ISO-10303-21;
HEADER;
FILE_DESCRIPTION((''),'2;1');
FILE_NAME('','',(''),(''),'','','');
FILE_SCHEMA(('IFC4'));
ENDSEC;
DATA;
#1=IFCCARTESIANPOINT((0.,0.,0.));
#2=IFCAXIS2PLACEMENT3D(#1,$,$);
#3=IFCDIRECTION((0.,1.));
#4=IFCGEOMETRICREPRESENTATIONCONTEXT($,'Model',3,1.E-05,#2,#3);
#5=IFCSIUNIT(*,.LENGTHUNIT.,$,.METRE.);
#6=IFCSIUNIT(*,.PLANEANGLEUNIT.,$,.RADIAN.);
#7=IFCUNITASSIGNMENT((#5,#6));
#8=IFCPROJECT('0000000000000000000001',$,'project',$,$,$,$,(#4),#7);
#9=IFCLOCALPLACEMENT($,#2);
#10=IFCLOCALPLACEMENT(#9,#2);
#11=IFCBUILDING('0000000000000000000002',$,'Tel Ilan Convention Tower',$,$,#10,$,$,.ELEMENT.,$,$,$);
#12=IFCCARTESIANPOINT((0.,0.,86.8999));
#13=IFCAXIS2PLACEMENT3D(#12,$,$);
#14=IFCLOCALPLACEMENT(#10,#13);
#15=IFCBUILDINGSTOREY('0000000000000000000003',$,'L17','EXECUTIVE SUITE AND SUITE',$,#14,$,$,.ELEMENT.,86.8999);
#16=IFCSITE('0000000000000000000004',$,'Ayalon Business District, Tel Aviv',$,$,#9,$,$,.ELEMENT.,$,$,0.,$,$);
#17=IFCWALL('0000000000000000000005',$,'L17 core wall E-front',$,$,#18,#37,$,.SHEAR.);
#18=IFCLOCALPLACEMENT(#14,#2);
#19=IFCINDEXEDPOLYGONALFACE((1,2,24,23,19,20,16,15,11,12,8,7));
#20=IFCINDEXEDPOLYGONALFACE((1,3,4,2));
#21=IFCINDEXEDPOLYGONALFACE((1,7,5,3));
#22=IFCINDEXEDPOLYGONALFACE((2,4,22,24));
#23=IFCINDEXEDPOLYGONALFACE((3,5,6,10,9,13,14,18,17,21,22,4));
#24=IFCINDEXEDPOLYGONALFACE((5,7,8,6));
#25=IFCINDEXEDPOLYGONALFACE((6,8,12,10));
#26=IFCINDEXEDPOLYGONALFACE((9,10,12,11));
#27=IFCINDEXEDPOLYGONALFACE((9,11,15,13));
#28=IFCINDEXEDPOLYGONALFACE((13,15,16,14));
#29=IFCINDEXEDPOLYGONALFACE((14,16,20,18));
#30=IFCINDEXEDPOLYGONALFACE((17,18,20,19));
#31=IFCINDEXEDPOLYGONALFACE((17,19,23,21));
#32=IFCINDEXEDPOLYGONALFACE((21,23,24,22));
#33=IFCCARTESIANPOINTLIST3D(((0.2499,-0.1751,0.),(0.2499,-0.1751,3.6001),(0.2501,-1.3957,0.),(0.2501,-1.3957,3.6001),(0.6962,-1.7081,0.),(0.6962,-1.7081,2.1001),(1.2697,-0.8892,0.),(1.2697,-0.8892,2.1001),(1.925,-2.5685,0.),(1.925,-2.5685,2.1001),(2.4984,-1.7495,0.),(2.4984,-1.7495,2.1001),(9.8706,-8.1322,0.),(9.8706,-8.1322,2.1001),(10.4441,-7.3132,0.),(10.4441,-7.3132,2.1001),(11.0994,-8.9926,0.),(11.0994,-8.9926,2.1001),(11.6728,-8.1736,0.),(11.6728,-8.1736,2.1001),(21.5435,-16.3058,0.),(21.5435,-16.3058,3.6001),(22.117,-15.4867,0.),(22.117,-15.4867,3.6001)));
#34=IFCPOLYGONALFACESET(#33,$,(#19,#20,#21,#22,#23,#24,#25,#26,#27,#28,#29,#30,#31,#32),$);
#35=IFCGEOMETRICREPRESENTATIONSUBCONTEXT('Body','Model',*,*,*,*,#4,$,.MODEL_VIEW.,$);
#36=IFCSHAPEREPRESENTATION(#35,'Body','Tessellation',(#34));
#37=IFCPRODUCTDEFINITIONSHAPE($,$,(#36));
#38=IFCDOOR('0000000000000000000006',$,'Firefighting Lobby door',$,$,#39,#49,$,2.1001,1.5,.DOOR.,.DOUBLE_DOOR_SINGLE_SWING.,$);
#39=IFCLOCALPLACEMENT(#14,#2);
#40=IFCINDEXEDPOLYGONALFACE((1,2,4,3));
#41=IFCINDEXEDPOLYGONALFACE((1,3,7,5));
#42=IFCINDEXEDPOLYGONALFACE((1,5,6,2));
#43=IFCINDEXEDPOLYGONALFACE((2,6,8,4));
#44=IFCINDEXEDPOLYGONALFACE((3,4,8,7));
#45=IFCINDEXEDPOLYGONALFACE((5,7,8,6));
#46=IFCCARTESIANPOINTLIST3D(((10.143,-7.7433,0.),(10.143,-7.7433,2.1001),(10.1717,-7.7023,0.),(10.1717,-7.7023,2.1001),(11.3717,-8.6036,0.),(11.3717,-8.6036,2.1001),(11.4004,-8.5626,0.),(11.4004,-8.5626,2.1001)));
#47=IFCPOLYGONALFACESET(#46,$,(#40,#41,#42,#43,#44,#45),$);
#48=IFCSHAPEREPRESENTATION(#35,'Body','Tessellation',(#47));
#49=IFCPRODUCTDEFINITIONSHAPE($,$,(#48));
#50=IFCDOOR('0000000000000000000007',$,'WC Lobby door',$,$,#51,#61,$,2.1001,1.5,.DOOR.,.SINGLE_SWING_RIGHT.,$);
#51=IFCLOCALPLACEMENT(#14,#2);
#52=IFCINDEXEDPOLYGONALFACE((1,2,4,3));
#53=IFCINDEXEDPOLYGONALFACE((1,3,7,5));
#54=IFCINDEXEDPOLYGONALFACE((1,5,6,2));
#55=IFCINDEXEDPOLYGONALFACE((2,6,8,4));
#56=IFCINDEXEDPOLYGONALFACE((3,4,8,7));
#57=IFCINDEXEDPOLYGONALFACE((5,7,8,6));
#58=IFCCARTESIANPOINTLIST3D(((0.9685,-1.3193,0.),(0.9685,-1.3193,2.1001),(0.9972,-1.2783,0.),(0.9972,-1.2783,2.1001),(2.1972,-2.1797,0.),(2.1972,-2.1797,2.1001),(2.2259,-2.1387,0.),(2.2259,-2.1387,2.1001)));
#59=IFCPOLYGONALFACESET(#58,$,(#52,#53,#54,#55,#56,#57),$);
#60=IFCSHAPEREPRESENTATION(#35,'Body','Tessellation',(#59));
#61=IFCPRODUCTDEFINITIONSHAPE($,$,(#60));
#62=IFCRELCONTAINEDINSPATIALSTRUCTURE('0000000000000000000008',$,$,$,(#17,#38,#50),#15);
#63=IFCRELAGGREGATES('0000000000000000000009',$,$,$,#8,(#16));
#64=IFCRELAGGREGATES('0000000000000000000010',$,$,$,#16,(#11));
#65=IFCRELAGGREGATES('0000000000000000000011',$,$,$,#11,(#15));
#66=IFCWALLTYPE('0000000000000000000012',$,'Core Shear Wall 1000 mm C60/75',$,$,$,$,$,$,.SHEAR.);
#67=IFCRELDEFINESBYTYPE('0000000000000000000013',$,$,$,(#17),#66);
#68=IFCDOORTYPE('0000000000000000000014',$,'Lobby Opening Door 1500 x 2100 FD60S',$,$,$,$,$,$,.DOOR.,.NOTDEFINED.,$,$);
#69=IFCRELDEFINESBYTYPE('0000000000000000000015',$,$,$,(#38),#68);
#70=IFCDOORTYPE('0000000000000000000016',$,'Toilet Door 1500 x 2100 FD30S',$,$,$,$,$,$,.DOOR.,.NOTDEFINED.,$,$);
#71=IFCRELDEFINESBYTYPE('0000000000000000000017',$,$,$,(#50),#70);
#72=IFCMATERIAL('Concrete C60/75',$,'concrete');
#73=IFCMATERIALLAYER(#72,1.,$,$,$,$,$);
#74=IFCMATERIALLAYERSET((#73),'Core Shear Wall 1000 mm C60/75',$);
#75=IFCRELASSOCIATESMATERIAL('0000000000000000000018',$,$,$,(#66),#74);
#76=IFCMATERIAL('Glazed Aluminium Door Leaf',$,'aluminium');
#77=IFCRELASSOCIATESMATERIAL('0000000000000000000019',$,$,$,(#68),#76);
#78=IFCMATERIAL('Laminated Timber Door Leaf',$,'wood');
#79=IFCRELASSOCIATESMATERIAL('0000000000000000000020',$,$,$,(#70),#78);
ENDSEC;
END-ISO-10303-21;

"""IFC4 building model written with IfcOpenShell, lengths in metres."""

from ifc_helpers import new_model, si_unit, direction, frame, frame_2d, origin, place, context, subcontext, project, spatial, polyline, rectangle, outline, extrude, material, layer, layer_set, type_object, element, fill, save


model = new_model("IFC4")

# Units and contexts
model_context = context("Model", 3, precision=1e-05, world=origin(), true_north=direction((0.0, 1.0)))
body_context = subcontext(model_context, "Body", "Model", "MODEL_VIEW")
ifc_project = project(units=[si_unit("LENGTHUNIT", "METRE"), si_unit("PLANEANGLEUNIT", "RADIAN")], contexts=[model_context])

# Site, building, storey
site_placement = place(None, origin())
site = spatial("IfcSite", under=ifc_project, at=site_placement, Name="Ayalon Business District, Tel Aviv", CompositionType="ELEMENT", RefElevation=0.0)
building_placement = place(site_placement, origin())
building = spatial("IfcBuilding", under=site, at=building_placement, Name="Tel Ilan Convention Tower", CompositionType="ELEMENT")
storey_placement = place(building_placement, frame((0.0, 0.0, 86.8999)))
storey = spatial("IfcBuildingStorey", under=building, at=storey_placement, Name="L17", Description="EXECUTIVE SUITE AND SUITE", CompositionType="ELEMENT", Elevation=86.8999)

# Shared definitions
ifc_material_1 = material(Name="Concrete C60/75", Category="concrete")
ifc_layer_1 = layer(ifc_material_1, 1.0)
ifc_layer_set_1 = layer_set([ifc_layer_1], Name="Core Shear Wall 1000 mm C60/75")
wall_type_1 = type_object("IfcWallType", Name="Core Shear Wall 1000 mm C60/75", PredefinedType="SHEAR", material=ifc_layer_set_1)

# Wall, openings, doors
wall_1_placement = place(storey_placement, frame((-0.0369, -0.5847, 0.0), z_axis=(0.0, 0.0, 1.0), x_axis=(0.819157, -0.573569, 0.0)))
wall_1 = element("IfcWall", 1, at=wall_1_placement, inside=storey, type_object=wall_type_1, Name="L17 core wall E-front", PredefinedType="SHEAR", context=body_context, shape_type="SweptSolid", body=[
    extrude(outline(polyline([(26.6948, 0.4998), (0.0, 0.5), (0.7002, -0.4998), (26.6948, -0.5002), (26.6948, 0.4998)])), origin(), (0.0, 0.0, 1.0), 3.6001),
])
opening_1_placement = place(wall_1_placement, frame((1.2449, 0.0, 0.0)))
opening_1 = element("IfcOpeningElement", 2, at=opening_1_placement, cuts=wall_1, PredefinedType="OPENING", context=body_context, shape_type="SweptSolid", body=[
    extrude(rectangle(XDim=1.5, YDim=2.1001, at=frame_2d((0.75, 1.05))), frame((0.0, 0.51, 0.0), z_axis=(0.0, -1.0, 0.0), x_axis=(1.0, 0.0, 0.0)), (0.0, 0.0, 1.0), 1.02),
])
opening_2_placement = place(wall_1_placement, frame((12.4448, 0.0, 0.0)))
opening_2 = element("IfcOpeningElement", 3, at=opening_2_placement, cuts=wall_1, PredefinedType="OPENING", context=body_context, shape_type="SweptSolid", body=[
    extrude(rectangle(XDim=1.5, YDim=2.1001, at=frame_2d((0.75, 1.05))), frame((0.0, 0.51, 0.0), z_axis=(0.0, -1.0, 0.0), x_axis=(1.0, 0.0, 0.0)), (0.0, 0.0, 1.0), 1.02),
])
ifc_material_2 = material(Name="Glazed Aluminium Door Leaf", Category="aluminium")
door_type_1 = type_object("IfcDoorType", Name="Lobby Opening Door 1500 x 2100 FD60S", OperationType="NOTDEFINED", PredefinedType="DOOR", material=ifc_material_2)
door_1_placement = place(opening_2_placement, origin())
door_1 = element("IfcDoor", 4, at=door_1_placement, inside=storey, type_object=door_type_1, Name="Firefighting Lobby door", OperationType="DOUBLE_DOOR_SINGLE_SWING", OverallHeight=2.1001, OverallWidth=1.5, PredefinedType="DOOR", context=body_context, shape_type="SweptSolid", body=[
    extrude(rectangle(XDim=1.5, YDim=2.1001, at=frame_2d((0.75, 1.05))), frame((0.0, 0.0249, 0.0), z_axis=(0.0, -1.0, 0.0), x_axis=(1.0, 0.0, 0.0)), (0.0, 0.0, 1.0), 0.05),
])
fill(opening_2, door_1)
ifc_material_3 = material(Name="Laminated Timber Door Leaf", Category="wood")
door_type_2 = type_object("IfcDoorType", Name="Toilet Door 1500 x 2100 FD30S", OperationType="NOTDEFINED", PredefinedType="DOOR", material=ifc_material_3)
door_2_placement = place(opening_1_placement, origin())
door_2 = element("IfcDoor", 5, at=door_2_placement, inside=storey, type_object=door_type_2, Name="WC Lobby door", OperationType="SINGLE_SWING_RIGHT", OverallHeight=2.1001, OverallWidth=1.5, PredefinedType="DOOR", context=body_context, shape_type="SweptSolid", body=[
    extrude(rectangle(XDim=1.5, YDim=2.1001, at=frame_2d((0.75, 1.05))), frame((0.0, 0.0249, 0.0), z_axis=(0.0, -1.0, 0.0), x_axis=(1.0, 0.0, 0.0)), (0.0, 0.0, 1.0), 0.05),
])
fill(opening_1, door_2)

save(model, "model.ifc")
